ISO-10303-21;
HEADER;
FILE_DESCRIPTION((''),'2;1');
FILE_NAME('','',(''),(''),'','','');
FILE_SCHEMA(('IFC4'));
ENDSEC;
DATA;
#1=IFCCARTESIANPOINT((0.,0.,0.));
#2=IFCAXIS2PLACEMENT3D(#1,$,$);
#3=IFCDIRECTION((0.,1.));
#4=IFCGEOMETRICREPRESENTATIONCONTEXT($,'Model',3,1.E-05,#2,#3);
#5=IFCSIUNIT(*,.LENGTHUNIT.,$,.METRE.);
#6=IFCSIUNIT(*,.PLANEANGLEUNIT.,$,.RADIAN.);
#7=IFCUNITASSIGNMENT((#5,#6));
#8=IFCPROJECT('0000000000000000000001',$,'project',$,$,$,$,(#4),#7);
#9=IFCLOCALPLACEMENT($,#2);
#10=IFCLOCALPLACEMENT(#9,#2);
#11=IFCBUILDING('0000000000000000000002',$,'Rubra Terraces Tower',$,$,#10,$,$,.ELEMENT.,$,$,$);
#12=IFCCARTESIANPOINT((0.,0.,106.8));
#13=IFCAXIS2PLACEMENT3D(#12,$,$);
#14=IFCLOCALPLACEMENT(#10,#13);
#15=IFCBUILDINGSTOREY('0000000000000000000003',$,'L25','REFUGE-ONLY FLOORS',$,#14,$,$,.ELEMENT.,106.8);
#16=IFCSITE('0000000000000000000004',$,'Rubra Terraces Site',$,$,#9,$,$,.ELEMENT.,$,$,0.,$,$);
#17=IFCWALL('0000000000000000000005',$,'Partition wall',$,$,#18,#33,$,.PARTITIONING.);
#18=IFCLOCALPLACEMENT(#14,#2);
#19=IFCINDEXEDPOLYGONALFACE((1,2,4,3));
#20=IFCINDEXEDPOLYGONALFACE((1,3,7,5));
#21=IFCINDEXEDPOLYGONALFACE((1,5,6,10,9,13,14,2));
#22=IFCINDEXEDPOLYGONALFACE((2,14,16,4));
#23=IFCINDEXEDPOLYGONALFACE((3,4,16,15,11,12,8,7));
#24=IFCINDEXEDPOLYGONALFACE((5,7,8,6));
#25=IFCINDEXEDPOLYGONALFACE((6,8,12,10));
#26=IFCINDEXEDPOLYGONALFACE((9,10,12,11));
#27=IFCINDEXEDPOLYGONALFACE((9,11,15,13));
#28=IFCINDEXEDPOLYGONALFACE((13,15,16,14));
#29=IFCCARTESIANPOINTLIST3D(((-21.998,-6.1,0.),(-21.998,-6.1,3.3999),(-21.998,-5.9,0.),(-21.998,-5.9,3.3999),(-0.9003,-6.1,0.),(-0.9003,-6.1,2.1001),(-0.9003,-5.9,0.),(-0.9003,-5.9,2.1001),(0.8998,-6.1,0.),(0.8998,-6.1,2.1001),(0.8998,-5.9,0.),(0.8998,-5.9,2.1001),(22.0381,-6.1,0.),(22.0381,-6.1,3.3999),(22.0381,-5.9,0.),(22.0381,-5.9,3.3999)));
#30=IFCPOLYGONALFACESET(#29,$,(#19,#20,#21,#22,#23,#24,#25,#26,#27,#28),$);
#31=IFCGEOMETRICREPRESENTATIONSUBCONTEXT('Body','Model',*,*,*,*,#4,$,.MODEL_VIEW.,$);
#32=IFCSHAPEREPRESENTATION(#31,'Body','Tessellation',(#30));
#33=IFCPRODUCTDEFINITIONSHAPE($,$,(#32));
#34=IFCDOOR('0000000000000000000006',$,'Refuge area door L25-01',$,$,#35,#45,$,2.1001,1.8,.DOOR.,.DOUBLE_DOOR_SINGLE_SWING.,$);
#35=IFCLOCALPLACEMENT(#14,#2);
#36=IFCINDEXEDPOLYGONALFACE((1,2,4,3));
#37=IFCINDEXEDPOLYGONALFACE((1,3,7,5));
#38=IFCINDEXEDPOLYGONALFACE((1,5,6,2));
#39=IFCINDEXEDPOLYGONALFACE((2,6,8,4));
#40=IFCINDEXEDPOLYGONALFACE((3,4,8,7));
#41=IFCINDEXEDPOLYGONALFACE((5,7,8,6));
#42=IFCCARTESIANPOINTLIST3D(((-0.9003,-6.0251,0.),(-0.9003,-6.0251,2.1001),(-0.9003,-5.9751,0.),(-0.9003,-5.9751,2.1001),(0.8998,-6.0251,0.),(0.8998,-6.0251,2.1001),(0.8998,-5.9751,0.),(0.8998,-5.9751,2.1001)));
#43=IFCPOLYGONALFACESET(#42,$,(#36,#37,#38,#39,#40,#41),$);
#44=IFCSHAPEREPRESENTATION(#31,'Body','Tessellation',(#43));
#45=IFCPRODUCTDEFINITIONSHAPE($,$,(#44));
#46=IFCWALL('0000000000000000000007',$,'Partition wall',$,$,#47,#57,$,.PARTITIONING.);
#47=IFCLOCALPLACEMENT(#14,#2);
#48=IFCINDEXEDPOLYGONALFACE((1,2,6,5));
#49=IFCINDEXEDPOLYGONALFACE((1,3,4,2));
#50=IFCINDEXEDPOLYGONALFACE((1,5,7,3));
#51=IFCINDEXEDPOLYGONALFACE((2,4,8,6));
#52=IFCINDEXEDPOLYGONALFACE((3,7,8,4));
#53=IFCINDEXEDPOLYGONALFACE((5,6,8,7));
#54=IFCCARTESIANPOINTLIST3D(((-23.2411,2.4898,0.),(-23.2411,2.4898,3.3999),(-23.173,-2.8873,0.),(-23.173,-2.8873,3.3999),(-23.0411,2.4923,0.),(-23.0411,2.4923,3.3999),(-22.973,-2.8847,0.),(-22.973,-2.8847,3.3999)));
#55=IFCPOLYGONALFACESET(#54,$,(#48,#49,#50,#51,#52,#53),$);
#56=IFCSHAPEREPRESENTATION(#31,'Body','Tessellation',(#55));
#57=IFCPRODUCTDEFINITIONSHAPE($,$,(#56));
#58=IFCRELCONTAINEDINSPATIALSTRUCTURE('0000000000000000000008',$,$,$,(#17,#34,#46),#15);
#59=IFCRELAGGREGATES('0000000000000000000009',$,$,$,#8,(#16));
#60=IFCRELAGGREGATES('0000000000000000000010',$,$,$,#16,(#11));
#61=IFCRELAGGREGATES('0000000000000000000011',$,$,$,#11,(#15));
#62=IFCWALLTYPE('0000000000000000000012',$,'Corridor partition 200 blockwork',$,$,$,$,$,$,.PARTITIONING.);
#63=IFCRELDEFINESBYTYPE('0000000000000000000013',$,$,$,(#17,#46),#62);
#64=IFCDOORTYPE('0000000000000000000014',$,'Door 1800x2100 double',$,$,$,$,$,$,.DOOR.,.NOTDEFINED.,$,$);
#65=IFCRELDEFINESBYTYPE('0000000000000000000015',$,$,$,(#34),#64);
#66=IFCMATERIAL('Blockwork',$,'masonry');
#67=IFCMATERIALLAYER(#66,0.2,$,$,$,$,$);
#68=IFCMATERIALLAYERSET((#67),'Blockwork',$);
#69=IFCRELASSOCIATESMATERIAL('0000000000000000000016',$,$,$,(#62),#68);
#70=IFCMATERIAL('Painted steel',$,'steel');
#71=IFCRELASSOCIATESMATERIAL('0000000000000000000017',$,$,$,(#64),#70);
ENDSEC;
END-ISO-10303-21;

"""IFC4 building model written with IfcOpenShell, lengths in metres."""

from ifc_helpers import new_model, si_unit, direction, frame, frame_2d, origin, place, context, subcontext, project, spatial, rectangle, extrude, material, layer, layer_set, type_object, element, fill, save


model = new_model("IFC4")

# Units and contexts
model_context = context("Model", 3, precision=1e-05, world=origin(), true_north=direction((0.0, 1.0)))
body_context = subcontext(model_context, "Body", "Model", "MODEL_VIEW")
ifc_project = project(units=[si_unit("LENGTHUNIT", "METRE"), si_unit("PLANEANGLEUNIT", "RADIAN")], contexts=[model_context])

# Site, building, storey
site_placement = place(None, origin())
site = spatial("IfcSite", under=ifc_project, at=site_placement, Name="Rubra Terraces Site", CompositionType="ELEMENT", RefElevation=0.0)
building_placement = place(site_placement, origin())
building = spatial("IfcBuilding", under=site, at=building_placement, Name="Rubra Terraces Tower", CompositionType="ELEMENT")
storey_placement = place(building_placement, frame((0.0, 0.0, 106.8)))
storey = spatial("IfcBuildingStorey", under=building, at=storey_placement, Name="L25", Description="REFUGE-ONLY FLOORS", CompositionType="ELEMENT", Elevation=106.8)

# Shared definitions
ifc_material_1 = material(Name="Blockwork", Category="masonry")
ifc_layer_1 = layer(ifc_material_1, 0.2)
ifc_layer_set_1 = layer_set([ifc_layer_1], Name="Blockwork")
wall_type_1 = type_object("IfcWallType", Name="Corridor partition 200 blockwork", PredefinedType="PARTITIONING", material=ifc_layer_set_1)

# Wall, opening, door
wall_1_placement = place(storey_placement, frame((-21.998, -6.0, 0.0), z_axis=(0.0, 0.0, 1.0), x_axis=(1.0, 0.0, 0.0)))
wall_1 = element("IfcWall", 1, at=wall_1_placement, inside=storey, type_object=wall_type_1, Name="Partition wall", PredefinedType="PARTITIONING", context=body_context, shape_type="SweptSolid", body=[
    extrude(rectangle(XDim=44.0361, YDim=0.2, at=frame_2d((22.0181, 0.0))), origin(), (0.0, 0.0, 1.0), 3.3999),
])
opening_1_placement = place(wall_1_placement, frame((21.0979, 0.0, 0.0)))
opening_1 = element("IfcOpeningElement", 2, at=opening_1_placement, cuts=wall_1, PredefinedType="OPENING", context=body_context, shape_type="SweptSolid", body=[
    extrude(rectangle(XDim=1.8, YDim=2.1001, at=frame_2d((0.8999, 1.05))), frame((0.0, 0.1099, 0.0), z_axis=(0.0, -1.0, 0.0), x_axis=(1.0, 0.0, 0.0)), (0.0, 0.0, 1.0), 0.22),
])
ifc_material_2 = material(Name="Painted steel", Category="steel")
door_type = type_object("IfcDoorType", Name="Door 1800x2100 double", OperationType="NOTDEFINED", PredefinedType="DOOR", material=ifc_material_2)
door_placement = place(opening_1_placement, origin())
door = element("IfcDoor", 3, at=door_placement, inside=storey, type_object=door_type, Name="Refuge area door L25-01", OperationType="DOUBLE_DOOR_SINGLE_SWING", OverallHeight=2.1001, OverallWidth=1.8, PredefinedType="DOOR", context=body_context, shape_type="SweptSolid", body=[
    extrude(rectangle(XDim=1.8, YDim=2.1001, at=frame_2d((0.8999, 1.05))), frame((0.0, 0.0249, 0.0), z_axis=(0.0, -1.0, 0.0), x_axis=(1.0, 0.0, 0.0)), (0.0, 0.0, 1.0), 0.05),
])
fill(opening_1, door)

# Wall
wall_2_placement = place(storey_placement, frame((-23.073, -2.886, 0.0), z_axis=(0.0, 0.0, 1.0), x_axis=(-0.012667, 0.99992, 0.0)))
element("IfcWall", 4, at=wall_2_placement, inside=storey, type_object=wall_type_1, Name="Partition wall", PredefinedType="PARTITIONING", context=body_context, shape_type="SweptSolid", body=[
    extrude(rectangle(XDim=5.3774, YDim=0.2, at=frame_2d((2.6887, 0.0))), origin(), (0.0, 0.0, 1.0), 3.3999),
])

save(model, "model.ifc")
